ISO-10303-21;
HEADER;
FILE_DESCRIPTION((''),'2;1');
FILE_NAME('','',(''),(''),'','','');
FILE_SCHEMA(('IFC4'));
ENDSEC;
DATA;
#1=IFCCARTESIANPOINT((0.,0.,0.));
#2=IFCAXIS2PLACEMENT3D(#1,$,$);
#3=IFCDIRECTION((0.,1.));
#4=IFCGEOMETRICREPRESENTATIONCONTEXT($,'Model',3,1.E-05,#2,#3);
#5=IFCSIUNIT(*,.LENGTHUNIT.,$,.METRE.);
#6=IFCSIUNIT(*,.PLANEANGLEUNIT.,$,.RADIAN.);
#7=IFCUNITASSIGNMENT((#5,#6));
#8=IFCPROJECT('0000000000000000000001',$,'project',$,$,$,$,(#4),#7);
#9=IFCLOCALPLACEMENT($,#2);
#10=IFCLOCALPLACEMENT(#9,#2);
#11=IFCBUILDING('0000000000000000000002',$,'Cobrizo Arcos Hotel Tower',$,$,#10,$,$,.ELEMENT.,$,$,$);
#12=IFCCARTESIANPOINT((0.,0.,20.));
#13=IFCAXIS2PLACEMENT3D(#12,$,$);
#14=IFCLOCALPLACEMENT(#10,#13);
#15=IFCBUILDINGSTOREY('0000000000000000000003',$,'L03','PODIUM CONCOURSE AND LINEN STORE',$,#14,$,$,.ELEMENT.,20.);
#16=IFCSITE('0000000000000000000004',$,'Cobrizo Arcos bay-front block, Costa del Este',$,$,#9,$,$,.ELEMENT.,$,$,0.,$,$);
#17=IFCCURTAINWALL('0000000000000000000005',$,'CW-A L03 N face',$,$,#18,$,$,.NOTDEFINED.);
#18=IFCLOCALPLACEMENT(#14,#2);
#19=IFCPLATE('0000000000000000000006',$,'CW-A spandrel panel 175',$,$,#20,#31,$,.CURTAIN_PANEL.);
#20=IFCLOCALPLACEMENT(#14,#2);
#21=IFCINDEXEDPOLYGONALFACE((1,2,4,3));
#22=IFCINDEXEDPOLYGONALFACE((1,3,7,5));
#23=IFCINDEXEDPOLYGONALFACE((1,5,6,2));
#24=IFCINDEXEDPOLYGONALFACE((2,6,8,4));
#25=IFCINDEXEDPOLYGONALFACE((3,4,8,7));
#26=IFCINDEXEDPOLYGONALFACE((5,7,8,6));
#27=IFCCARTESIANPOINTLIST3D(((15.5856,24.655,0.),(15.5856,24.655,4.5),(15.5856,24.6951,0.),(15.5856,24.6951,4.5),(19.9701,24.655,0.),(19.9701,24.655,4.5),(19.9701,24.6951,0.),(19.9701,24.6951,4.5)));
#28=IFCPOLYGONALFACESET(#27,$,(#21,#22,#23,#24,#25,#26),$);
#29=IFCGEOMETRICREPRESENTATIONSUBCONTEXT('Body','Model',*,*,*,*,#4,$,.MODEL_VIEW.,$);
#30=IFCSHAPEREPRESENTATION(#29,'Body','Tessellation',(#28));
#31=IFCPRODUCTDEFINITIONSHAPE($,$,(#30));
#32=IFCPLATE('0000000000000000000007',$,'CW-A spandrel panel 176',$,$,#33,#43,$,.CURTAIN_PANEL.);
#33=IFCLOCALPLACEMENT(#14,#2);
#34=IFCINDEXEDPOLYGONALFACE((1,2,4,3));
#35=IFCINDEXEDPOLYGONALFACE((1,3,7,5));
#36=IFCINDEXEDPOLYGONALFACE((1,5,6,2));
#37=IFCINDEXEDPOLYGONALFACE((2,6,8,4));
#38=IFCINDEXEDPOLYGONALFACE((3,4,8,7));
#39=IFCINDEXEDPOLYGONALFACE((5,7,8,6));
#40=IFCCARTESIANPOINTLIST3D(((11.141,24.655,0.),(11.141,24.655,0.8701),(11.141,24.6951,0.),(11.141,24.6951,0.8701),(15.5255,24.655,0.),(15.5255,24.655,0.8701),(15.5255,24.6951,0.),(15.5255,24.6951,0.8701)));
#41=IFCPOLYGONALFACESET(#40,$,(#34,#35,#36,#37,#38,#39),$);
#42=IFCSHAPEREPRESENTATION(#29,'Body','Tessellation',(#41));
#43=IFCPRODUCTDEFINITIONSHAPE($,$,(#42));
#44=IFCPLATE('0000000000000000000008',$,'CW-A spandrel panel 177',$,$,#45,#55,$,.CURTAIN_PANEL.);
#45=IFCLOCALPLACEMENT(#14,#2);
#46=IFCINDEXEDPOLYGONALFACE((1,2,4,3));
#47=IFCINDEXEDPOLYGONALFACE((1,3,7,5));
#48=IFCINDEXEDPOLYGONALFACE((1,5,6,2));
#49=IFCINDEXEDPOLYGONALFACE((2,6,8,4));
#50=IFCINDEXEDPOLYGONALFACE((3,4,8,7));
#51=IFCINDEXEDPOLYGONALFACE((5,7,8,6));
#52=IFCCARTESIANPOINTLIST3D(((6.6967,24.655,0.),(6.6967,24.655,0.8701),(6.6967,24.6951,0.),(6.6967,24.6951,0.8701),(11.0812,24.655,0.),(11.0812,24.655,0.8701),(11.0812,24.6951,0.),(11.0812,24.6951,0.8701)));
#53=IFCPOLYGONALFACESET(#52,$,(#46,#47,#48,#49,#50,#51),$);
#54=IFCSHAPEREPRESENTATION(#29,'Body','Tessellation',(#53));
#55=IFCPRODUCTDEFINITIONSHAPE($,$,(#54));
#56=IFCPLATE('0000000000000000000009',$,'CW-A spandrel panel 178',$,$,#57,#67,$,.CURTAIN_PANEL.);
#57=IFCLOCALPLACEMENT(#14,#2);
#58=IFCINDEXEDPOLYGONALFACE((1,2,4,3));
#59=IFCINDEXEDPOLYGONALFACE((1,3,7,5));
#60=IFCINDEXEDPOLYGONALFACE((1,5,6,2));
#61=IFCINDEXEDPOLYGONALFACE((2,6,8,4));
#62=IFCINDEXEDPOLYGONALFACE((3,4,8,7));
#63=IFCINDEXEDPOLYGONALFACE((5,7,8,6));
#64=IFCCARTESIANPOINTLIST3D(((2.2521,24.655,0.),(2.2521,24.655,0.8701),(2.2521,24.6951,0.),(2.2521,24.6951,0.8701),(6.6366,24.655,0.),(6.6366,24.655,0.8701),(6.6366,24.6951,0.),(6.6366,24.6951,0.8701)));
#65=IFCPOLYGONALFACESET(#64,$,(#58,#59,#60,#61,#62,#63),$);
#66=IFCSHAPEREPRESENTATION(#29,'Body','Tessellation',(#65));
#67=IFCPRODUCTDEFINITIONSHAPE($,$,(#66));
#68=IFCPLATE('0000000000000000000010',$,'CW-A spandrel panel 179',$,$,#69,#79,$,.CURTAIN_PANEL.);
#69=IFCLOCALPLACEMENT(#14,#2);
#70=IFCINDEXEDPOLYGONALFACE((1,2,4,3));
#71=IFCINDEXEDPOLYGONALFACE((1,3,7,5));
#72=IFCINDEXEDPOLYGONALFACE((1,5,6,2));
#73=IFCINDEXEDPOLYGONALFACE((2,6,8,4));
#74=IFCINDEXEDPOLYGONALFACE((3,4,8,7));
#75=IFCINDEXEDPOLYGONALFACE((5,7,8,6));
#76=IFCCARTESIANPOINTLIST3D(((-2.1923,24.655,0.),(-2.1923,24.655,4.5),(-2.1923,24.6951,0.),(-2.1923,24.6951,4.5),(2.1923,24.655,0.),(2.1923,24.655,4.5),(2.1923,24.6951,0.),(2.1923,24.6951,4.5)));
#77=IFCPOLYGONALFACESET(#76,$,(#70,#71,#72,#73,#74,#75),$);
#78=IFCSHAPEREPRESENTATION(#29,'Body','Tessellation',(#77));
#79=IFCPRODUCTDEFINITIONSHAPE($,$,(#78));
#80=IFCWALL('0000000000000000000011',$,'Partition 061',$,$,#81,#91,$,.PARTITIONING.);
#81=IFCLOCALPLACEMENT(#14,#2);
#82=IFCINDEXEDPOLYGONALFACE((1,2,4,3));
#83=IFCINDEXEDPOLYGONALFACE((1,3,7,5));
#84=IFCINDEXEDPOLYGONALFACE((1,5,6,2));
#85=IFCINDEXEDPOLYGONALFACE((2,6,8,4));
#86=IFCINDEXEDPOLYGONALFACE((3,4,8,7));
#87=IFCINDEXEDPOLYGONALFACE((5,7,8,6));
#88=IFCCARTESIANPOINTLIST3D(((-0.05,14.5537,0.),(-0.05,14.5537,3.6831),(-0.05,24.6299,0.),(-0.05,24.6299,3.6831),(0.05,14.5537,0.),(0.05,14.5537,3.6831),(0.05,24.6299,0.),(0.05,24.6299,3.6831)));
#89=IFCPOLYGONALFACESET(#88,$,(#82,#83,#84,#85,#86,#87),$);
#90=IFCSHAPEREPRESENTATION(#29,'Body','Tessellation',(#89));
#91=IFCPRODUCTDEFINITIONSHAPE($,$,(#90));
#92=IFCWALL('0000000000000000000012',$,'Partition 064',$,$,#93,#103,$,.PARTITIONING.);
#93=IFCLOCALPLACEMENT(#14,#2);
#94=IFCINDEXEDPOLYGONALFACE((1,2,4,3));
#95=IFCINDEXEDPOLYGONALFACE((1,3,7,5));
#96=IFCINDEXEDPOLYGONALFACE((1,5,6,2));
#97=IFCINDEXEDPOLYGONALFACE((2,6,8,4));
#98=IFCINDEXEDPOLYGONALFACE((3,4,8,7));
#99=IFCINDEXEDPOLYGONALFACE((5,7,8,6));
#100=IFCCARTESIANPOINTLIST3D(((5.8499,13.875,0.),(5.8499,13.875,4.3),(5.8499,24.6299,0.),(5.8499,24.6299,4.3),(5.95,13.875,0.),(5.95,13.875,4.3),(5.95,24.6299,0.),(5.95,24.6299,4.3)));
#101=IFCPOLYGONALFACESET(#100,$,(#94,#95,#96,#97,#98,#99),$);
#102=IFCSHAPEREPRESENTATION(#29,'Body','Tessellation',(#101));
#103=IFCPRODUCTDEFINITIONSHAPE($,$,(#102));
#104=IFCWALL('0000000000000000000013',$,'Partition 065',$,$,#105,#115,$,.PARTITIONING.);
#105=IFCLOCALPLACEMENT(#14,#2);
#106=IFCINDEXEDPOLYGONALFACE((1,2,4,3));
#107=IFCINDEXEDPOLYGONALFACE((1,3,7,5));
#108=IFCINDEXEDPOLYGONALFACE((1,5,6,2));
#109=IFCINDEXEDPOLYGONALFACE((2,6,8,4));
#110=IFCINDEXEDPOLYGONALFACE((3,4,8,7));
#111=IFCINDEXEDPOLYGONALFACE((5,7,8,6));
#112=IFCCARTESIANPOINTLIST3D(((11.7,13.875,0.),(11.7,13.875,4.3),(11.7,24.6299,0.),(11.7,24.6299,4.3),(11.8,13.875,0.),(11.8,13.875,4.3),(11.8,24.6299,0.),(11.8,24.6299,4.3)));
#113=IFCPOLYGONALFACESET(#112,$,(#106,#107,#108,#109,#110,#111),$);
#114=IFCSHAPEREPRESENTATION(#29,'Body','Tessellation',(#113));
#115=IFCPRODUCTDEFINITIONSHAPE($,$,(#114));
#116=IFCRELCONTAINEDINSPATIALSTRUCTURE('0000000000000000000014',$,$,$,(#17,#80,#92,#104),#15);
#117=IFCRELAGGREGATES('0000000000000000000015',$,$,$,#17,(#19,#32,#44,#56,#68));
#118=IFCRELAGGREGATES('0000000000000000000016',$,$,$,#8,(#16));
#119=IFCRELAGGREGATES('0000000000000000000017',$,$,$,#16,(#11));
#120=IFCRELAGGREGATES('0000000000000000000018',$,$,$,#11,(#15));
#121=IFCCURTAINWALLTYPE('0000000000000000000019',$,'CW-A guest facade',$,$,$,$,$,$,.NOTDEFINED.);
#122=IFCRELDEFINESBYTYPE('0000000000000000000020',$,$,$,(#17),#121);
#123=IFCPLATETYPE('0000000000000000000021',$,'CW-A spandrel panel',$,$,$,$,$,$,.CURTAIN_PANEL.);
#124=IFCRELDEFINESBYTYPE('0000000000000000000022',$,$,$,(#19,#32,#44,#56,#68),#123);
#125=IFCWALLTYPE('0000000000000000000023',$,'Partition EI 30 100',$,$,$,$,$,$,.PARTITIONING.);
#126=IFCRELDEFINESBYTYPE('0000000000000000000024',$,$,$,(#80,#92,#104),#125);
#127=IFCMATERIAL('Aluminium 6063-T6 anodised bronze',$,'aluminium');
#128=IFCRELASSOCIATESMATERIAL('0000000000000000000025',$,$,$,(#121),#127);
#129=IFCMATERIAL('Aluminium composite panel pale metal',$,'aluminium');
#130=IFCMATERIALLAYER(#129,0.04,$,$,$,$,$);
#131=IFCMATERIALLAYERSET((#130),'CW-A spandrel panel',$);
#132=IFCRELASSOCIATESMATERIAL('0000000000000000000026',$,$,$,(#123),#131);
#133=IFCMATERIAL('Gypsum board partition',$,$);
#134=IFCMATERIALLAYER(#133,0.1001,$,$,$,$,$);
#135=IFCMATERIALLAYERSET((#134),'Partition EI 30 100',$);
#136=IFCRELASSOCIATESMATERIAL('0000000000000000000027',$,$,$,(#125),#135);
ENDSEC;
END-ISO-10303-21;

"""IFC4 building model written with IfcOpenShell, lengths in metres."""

from ifc_helpers import new_model, si_unit, direction, frame, frame_2d, origin, origin_2d, place, context, subcontext, project, spatial, rectangle, extrude, material, layer, layer_set, type_object, element, aggregate, save


model = new_model("IFC4")

# Units and contexts
model_context = context("Model", 3, precision=1e-05, world=origin(), true_north=direction((0.0, 1.0)))
body_context = subcontext(model_context, "Body", "Model", "MODEL_VIEW")
ifc_project = project(units=[si_unit("LENGTHUNIT", "METRE"), si_unit("PLANEANGLEUNIT", "RADIAN")], contexts=[model_context])

# Site, building, storey
site_placement = place(None, origin())
site = spatial("IfcSite", under=ifc_project, at=site_placement, Name="Cobrizo Arcos bay-front block, Costa del Este", CompositionType="ELEMENT", RefElevation=0.0)
building_placement = place(site_placement, origin())
building = spatial("IfcBuilding", under=site, at=building_placement, Name="Cobrizo Arcos Hotel Tower", CompositionType="ELEMENT")
storey_placement = place(building_placement, frame((0.0, 0.0, 20.0)))
storey = spatial("IfcBuildingStorey", under=building, at=storey_placement, Name="L03", Description="PODIUM CONCOURSE AND LINEN STORE", CompositionType="ELEMENT", Elevation=20.0)

# Curtain wall
ifc_material_1 = material(Name="Aluminium 6063-T6 anodised bronze", Category="aluminium")
curtain_wall_type = type_object("IfcCurtainWallType", Name="CW-A guest facade", PredefinedType="NOTDEFINED", material=ifc_material_1)
curtain_wall_placement = place(storey_placement, origin())
curtain_wall = element("IfcCurtainWall", 1, at=curtain_wall_placement, inside=storey, type_object=curtain_wall_type, Name="CW-A L03 N face", PredefinedType="NOTDEFINED")

# Plates
ifc_material_2 = material(Name="Aluminium composite panel pale metal", Category="aluminium")
ifc_layer_1 = layer(ifc_material_2, 0.04)
ifc_layer_set_1 = layer_set([ifc_layer_1], Name="CW-A spandrel panel")
plate_type_1 = type_object("IfcPlateType", Name="CW-A spandrel panel", PredefinedType="CURTAIN_PANEL", material=ifc_layer_set_1)
plate_1_placement = place(storey_placement, frame((17.7778, 24.675, 0.0), z_axis=(0.0, 0.0, 1.0), x_axis=(-1.0, 0.0, 0.0)))
plate_1 = element("IfcPlate", 2, at=plate_1_placement, type_object=plate_type_1, Name="CW-A spandrel panel 175", PredefinedType="CURTAIN_PANEL", context=body_context, shape_type="SweptSolid", body=[
    extrude(rectangle(XDim=4.3845, YDim=0.04, at=origin_2d()), origin(), (0.0, 0.0, 1.0), 4.5),
])
plate_2_placement = place(storey_placement, frame((13.3333, 24.675, 0.0), z_axis=(0.0, 0.0, 1.0), x_axis=(-1.0, 0.0, 0.0)))
plate_2 = element("IfcPlate", 3, at=plate_2_placement, type_object=plate_type_1, Name="CW-A spandrel panel 176", PredefinedType="CURTAIN_PANEL", context=body_context, shape_type="SweptSolid", body=[
    extrude(rectangle(XDim=4.3845, YDim=0.04, at=origin_2d()), origin(), (0.0, 0.0, 1.0), 0.8701),
])
plate_3_placement = place(storey_placement, frame((8.8889, 24.675, 0.0), z_axis=(0.0, 0.0, 1.0), x_axis=(-1.0, 0.0, 0.0)))
plate_3 = element("IfcPlate", 4, at=plate_3_placement, type_object=plate_type_1, Name="CW-A spandrel panel 177", PredefinedType="CURTAIN_PANEL", context=body_context, shape_type="SweptSolid", body=[
    extrude(rectangle(XDim=4.3845, YDim=0.04, at=origin_2d()), origin(), (0.0, 0.0, 1.0), 0.8701),
])
plate_4_placement = place(storey_placement, frame((4.4443, 24.675, 0.0), z_axis=(0.0, 0.0, 1.0), x_axis=(-1.0, 0.0, 0.0)))
plate_4 = element("IfcPlate", 5, at=plate_4_placement, type_object=plate_type_1, Name="CW-A spandrel panel 178", PredefinedType="CURTAIN_PANEL", context=body_context, shape_type="SweptSolid", body=[
    extrude(rectangle(XDim=4.3845, YDim=0.04, at=origin_2d()), origin(), (0.0, 0.0, 1.0), 0.8701),
])
plate_5_placement = place(storey_placement, frame((0.0, 24.675, 0.0), z_axis=(0.0, 0.0, 1.0), x_axis=(-1.0, 0.0, 0.0)))
plate_5 = element("IfcPlate", 6, at=plate_5_placement, type_object=plate_type_1, Name="CW-A spandrel panel 179", PredefinedType="CURTAIN_PANEL", context=body_context, shape_type="SweptSolid", body=[
    extrude(rectangle(XDim=4.3845, YDim=0.04, at=origin_2d()), origin(), (0.0, 0.0, 1.0), 4.5),
])
aggregate(curtain_wall, [plate_1, plate_2, plate_3, plate_4, plate_5])

# Walls
ifc_material_3 = material(Name="Gypsum board partition")
ifc_layer_2 = layer(ifc_material_3, 0.1001)
ifc_layer_set_2 = layer_set([ifc_layer_2], Name="Partition EI 30 100")
wall_type = type_object("IfcWallType", Name="Partition EI 30 100", PredefinedType="PARTITIONING", material=ifc_layer_set_2)
wall_placement = place(storey_placement, frame((0.0, 14.5537, 0.0), z_axis=(0.0, 0.0, 1.0), x_axis=(0.0, 1.0, 0.0)))
element("IfcWall", 7, at=wall_placement, inside=storey, type_object=wall_type, Name="Partition 061", PredefinedType="PARTITIONING", context=body_context, shape_type="SweptSolid", body=[
    extrude(rectangle(XDim=10.0762, YDim=0.1001, at=frame_2d((5.0381, 0.0))), origin(), (0.0, 0.0, 1.0), 3.6831),
])
for number, where, z_axis, x_axis, name in (
    (8, (5.8999, 13.875, 0.0), (0.0, 0.0, 1.0), (0.0, 1.0, 0.0), "Partition 064"),
    (9, (11.75, 13.875, 0.0), (0.0, 0.0, 1.0), (0.0, 1.0, 0.0), "Partition 065"),
):
    element("IfcWall", number, at=place(storey_placement, frame(where, z_axis=z_axis, x_axis=x_axis)), inside=storey, type_object=wall_type, Name=name, PredefinedType="PARTITIONING", context=body_context, shape_type="SweptSolid", body=[
        extrude(rectangle(XDim=10.7549, YDim=0.1001, at=frame_2d((5.3774, 0.0))), origin(), (0.0, 0.0, 1.0), 4.3),
    ])

save(model, "model.ifc")
